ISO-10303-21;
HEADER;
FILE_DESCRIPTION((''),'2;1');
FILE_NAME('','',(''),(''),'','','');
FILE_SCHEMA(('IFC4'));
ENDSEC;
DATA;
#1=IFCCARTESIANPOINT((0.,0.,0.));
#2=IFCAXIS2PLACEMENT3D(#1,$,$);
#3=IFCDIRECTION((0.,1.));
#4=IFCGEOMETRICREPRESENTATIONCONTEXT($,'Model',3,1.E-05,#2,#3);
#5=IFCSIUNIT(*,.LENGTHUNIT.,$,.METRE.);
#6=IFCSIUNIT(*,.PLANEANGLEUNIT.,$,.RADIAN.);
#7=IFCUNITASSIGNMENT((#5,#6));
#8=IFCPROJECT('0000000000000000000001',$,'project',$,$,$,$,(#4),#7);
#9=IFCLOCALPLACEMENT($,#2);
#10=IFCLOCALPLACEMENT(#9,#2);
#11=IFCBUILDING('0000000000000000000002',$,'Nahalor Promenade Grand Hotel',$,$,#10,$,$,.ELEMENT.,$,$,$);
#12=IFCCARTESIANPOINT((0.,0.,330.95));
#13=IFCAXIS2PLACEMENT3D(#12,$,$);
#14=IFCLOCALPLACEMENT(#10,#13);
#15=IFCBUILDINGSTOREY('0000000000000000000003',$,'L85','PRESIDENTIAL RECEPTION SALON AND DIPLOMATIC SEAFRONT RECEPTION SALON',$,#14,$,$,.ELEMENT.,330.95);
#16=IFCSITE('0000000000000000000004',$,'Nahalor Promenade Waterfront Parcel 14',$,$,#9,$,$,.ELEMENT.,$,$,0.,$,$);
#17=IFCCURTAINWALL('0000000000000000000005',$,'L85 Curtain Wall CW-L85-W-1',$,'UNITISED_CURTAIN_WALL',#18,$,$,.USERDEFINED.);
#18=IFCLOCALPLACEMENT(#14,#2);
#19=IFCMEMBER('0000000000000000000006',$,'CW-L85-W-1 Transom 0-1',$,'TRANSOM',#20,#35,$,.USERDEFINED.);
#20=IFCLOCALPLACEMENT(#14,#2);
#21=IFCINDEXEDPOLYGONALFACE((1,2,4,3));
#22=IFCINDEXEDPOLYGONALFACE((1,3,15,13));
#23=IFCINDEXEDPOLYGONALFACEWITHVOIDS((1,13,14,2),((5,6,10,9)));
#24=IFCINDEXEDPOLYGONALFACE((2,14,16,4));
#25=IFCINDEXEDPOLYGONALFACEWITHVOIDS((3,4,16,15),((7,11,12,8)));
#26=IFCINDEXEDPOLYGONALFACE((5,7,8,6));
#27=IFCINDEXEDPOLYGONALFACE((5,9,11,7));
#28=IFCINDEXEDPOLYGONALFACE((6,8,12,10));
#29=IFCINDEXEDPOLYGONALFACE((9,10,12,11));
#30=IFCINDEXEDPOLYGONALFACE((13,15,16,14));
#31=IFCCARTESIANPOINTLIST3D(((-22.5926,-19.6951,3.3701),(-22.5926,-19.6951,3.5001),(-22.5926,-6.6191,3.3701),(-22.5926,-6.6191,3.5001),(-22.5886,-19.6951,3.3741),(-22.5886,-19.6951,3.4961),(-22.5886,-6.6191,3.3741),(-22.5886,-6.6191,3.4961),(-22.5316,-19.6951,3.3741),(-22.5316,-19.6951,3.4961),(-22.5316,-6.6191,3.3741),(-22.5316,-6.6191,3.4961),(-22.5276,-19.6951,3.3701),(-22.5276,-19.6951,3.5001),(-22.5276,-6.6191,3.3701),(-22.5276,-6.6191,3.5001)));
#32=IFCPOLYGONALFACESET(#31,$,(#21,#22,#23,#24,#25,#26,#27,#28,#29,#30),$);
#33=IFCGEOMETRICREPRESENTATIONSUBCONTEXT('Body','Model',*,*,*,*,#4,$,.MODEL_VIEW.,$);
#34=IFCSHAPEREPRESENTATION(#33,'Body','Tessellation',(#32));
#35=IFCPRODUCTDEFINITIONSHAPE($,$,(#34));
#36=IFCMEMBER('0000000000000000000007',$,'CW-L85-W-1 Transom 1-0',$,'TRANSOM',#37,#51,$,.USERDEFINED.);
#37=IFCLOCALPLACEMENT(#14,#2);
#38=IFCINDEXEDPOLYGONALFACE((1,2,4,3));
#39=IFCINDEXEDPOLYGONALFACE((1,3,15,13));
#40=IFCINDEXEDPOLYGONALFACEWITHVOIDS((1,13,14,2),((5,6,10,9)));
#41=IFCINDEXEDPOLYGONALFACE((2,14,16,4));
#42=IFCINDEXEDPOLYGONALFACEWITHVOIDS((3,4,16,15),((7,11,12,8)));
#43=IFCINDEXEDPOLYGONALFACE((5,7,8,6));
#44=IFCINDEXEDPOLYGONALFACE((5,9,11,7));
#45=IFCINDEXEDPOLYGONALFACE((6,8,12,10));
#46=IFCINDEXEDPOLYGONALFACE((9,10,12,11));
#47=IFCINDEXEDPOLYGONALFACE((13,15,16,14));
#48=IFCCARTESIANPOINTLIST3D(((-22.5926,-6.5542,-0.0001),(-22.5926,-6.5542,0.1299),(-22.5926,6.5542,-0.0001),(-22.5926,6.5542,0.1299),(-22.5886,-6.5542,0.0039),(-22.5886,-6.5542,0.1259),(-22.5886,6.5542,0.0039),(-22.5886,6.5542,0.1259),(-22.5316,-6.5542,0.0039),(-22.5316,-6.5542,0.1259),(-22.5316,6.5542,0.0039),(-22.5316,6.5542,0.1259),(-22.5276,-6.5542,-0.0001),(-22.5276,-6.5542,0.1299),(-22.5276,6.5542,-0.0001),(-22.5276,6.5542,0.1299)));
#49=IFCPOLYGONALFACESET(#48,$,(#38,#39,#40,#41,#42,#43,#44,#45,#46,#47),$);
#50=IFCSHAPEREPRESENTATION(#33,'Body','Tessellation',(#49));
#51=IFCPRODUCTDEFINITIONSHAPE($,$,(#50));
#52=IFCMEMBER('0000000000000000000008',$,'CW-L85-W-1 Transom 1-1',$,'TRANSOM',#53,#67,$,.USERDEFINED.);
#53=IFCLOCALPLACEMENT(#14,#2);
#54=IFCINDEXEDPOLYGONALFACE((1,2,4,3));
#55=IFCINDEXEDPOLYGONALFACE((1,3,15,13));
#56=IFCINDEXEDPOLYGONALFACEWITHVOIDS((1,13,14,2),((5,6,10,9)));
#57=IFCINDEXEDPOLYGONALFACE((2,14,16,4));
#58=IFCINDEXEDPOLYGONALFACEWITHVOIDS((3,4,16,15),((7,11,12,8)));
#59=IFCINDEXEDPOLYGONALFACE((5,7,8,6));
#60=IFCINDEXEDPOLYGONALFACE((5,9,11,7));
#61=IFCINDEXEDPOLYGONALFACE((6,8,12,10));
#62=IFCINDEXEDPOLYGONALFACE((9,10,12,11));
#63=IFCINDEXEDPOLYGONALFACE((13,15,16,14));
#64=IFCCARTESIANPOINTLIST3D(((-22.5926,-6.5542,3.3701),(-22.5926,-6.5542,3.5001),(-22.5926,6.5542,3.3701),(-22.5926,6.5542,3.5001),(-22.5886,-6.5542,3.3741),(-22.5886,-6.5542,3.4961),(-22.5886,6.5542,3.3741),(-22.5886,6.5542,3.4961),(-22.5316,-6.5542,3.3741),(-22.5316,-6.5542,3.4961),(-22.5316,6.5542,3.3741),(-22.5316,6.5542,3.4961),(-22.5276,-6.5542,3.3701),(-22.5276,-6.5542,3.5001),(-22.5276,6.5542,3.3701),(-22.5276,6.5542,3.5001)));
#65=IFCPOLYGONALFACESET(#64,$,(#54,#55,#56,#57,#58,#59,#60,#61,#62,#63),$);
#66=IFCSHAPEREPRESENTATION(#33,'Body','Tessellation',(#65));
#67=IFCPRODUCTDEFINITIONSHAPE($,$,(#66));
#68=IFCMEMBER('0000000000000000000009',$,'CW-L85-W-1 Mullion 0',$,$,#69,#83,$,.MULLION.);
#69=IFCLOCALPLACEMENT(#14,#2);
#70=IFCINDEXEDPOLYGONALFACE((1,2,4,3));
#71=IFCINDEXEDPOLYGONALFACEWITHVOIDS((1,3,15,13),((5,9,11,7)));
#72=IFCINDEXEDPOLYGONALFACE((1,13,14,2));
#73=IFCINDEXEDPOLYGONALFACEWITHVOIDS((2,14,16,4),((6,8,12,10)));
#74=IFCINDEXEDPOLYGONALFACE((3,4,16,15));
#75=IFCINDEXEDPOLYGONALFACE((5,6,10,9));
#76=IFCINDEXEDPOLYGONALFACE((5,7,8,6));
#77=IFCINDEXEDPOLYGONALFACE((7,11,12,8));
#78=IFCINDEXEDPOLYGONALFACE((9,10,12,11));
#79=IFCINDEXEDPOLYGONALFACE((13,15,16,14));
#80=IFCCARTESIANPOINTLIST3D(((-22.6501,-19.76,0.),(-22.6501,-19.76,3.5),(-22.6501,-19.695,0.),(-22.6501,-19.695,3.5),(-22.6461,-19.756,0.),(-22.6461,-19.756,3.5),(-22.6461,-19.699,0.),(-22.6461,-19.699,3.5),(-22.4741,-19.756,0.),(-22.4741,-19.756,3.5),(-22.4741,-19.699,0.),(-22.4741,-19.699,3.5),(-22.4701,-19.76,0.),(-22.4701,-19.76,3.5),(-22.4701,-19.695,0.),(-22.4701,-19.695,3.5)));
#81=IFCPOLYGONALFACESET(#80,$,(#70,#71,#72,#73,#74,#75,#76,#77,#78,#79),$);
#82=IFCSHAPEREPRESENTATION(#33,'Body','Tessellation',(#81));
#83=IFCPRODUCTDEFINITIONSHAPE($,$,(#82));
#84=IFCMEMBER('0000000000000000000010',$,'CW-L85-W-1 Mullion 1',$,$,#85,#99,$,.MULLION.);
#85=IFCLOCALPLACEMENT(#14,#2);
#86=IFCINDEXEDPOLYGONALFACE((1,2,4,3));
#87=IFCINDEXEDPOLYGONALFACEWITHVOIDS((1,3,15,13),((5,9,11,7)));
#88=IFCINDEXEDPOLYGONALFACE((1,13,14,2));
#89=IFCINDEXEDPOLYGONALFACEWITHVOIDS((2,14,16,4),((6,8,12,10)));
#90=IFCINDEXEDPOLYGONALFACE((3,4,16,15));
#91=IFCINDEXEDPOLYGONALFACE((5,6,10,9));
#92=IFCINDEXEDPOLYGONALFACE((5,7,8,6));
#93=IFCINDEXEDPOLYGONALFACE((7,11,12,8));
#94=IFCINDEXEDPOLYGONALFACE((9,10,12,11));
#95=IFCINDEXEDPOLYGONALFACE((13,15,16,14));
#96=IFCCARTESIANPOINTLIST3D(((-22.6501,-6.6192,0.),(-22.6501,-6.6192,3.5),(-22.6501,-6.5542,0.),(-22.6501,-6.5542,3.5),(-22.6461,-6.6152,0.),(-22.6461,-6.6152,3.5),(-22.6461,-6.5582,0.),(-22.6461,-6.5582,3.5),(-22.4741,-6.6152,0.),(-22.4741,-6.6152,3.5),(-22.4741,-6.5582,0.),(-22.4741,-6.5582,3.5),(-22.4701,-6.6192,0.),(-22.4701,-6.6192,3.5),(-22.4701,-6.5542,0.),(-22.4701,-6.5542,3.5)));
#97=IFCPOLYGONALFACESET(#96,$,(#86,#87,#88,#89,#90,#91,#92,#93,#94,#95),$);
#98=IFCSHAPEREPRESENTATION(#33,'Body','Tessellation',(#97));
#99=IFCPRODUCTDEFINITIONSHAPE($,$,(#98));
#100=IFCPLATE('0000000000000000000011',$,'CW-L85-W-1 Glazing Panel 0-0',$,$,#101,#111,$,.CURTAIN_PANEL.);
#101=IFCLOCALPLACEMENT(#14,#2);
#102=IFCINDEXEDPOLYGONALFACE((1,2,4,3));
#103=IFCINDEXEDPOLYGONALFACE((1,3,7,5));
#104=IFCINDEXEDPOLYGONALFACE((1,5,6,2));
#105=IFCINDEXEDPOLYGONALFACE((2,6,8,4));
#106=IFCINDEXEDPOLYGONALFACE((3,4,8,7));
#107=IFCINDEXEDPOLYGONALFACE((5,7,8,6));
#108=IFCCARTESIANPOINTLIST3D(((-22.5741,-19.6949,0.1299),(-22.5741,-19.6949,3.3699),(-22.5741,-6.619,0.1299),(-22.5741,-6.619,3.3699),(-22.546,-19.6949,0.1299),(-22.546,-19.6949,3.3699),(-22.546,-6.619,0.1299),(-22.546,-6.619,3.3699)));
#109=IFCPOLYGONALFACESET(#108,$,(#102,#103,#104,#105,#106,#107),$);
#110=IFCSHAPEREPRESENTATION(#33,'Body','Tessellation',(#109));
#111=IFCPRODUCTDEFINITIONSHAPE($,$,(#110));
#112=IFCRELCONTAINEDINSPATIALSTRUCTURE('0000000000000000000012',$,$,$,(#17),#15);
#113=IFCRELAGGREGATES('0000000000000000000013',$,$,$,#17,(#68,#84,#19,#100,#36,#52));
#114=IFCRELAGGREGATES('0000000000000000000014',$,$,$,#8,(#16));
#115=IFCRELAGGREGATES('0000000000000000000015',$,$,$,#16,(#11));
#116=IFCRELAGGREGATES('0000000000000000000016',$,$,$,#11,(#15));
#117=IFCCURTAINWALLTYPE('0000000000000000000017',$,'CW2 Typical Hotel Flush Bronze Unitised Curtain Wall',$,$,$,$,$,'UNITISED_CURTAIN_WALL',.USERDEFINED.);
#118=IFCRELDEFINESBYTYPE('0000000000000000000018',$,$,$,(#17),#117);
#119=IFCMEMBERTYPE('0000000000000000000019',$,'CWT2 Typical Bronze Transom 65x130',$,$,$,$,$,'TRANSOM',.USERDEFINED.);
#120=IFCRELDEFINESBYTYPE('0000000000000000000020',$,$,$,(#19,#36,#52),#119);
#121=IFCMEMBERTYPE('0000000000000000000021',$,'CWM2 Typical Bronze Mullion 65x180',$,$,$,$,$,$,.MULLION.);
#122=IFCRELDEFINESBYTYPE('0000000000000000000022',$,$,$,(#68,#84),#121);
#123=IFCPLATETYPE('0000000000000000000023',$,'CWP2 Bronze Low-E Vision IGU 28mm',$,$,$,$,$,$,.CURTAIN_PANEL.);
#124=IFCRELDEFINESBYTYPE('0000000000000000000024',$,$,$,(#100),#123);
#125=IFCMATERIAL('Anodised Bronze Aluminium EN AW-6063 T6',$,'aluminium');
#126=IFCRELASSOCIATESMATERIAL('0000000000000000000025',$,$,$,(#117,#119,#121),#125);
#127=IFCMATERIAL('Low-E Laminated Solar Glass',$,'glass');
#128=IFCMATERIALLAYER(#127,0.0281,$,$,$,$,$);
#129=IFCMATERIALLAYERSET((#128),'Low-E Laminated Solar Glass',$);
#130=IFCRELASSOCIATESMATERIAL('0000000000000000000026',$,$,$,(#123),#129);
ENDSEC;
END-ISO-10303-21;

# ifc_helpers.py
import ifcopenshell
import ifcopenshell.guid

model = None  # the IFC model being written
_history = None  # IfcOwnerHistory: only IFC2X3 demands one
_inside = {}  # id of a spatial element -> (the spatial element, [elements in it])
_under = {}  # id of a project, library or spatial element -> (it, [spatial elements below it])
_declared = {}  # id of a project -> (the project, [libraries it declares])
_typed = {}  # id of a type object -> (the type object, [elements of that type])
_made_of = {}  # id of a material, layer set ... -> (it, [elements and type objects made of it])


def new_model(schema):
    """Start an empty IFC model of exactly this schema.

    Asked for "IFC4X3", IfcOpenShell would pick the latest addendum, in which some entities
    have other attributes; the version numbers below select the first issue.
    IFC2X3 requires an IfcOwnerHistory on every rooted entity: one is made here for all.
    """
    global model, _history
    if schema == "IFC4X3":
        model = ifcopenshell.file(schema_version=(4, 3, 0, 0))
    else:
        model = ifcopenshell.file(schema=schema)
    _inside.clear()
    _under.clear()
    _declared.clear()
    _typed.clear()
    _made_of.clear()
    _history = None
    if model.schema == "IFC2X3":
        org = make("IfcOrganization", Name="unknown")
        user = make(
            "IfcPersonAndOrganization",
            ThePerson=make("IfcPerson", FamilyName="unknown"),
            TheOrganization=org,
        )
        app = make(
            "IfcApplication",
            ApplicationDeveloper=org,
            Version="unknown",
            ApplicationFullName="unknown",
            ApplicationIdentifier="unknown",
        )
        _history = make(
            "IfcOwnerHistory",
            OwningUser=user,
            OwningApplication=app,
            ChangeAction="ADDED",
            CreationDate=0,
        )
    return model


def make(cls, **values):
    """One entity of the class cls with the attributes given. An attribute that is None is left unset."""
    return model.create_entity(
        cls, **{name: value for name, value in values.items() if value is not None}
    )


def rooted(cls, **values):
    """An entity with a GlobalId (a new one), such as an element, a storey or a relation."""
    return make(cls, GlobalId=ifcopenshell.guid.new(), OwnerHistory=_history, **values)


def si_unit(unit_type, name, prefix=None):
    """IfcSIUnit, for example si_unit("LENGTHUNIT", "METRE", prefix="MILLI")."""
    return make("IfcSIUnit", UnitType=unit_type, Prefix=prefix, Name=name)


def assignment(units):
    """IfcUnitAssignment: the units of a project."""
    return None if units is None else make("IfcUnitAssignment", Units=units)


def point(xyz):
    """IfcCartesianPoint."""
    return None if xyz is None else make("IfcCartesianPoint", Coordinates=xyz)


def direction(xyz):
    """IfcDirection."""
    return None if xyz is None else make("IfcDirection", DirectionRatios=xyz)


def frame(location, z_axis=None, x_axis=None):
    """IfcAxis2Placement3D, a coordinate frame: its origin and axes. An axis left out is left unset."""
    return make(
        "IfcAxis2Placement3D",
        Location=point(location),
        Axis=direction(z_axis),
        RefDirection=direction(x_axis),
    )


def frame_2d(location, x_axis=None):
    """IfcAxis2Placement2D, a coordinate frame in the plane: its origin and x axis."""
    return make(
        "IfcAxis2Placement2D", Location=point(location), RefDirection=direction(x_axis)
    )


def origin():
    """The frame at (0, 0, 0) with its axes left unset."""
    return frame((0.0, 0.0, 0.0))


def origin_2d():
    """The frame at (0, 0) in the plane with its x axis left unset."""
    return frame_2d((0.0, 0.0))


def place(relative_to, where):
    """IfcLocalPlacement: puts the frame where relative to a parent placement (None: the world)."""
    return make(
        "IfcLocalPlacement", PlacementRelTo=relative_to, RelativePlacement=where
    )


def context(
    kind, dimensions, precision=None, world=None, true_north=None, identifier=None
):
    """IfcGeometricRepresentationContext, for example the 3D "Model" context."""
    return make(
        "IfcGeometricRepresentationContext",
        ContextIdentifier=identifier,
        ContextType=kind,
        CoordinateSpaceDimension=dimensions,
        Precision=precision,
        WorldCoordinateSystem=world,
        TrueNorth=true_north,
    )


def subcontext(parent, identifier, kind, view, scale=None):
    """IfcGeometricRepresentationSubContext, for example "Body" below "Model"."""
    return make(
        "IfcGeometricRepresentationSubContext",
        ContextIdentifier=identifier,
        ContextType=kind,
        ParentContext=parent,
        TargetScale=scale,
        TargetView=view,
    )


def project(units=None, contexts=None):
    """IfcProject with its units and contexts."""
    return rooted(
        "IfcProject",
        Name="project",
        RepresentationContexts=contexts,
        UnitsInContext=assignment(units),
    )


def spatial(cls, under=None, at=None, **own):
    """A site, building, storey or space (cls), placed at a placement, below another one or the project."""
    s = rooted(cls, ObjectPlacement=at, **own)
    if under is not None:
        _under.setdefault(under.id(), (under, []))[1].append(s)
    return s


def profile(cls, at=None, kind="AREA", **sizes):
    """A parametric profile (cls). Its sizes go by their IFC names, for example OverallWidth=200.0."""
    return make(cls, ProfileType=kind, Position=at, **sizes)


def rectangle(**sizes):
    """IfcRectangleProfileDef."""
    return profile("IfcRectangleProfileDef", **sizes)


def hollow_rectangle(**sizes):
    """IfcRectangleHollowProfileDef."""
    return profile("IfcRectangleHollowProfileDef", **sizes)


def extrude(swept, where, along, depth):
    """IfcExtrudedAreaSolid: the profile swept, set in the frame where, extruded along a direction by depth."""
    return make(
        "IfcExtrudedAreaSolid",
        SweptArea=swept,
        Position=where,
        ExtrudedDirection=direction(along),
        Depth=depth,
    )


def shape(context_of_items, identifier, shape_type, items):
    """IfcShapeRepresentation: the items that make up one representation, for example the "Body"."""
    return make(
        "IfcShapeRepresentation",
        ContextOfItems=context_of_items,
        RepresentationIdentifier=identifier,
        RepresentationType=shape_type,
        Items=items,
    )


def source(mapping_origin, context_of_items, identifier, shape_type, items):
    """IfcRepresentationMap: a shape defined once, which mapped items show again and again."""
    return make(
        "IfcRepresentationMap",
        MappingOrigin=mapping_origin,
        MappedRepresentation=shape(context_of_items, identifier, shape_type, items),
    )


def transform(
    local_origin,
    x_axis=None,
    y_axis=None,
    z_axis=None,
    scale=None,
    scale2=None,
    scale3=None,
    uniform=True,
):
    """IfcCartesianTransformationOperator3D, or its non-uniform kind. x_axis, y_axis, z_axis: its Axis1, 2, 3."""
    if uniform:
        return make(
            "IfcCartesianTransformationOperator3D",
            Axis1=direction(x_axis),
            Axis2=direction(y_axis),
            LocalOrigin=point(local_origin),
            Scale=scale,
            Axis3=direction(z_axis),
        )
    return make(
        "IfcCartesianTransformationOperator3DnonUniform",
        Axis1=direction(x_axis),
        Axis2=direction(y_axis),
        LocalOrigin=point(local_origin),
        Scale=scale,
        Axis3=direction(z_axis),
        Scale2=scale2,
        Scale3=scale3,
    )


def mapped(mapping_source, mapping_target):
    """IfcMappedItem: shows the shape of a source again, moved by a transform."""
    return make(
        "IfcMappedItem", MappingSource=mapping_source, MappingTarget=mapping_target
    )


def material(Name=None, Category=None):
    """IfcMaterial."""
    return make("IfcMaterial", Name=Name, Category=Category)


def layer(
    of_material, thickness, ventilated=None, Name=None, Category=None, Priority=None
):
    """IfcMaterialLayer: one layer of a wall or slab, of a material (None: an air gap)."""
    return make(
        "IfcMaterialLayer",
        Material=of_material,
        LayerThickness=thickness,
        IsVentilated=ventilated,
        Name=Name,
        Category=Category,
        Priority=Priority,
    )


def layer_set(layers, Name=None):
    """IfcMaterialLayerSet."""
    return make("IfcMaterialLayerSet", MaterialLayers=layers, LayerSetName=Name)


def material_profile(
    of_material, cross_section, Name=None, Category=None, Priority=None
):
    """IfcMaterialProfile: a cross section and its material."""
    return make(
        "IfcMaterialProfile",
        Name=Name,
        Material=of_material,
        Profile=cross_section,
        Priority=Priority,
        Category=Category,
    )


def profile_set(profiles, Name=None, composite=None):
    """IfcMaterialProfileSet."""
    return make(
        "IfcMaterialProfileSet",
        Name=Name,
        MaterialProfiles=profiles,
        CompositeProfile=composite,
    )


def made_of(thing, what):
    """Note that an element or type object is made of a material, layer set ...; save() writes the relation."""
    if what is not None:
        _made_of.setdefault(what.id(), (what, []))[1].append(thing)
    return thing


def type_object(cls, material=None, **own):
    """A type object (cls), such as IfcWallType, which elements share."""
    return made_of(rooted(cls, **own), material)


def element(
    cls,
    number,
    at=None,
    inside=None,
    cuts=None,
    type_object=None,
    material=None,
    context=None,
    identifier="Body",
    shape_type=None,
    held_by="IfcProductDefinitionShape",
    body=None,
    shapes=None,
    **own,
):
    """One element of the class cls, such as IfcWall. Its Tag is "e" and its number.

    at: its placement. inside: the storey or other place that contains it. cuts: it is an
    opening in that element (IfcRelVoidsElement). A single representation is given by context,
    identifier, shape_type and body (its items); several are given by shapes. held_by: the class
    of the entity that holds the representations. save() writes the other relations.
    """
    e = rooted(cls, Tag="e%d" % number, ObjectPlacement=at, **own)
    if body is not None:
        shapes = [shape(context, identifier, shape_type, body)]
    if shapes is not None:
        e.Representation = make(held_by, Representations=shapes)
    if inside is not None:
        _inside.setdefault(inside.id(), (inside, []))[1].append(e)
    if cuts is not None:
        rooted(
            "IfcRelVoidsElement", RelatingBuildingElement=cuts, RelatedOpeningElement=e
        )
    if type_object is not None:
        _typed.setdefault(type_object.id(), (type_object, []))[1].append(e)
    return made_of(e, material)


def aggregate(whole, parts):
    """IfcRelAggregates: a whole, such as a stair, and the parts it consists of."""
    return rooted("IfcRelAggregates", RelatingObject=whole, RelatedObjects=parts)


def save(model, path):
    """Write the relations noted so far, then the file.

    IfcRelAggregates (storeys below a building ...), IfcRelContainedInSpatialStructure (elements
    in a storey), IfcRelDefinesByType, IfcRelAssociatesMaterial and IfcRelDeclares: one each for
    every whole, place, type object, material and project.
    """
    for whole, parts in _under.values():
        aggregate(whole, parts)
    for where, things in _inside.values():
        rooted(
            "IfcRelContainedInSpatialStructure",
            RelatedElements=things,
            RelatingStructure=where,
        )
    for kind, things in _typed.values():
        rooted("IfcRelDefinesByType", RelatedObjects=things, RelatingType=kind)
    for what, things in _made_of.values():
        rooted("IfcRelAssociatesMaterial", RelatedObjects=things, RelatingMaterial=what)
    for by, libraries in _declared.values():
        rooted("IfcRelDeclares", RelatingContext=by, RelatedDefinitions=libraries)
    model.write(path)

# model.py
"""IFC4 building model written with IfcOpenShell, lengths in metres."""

from ifc_helpers import new_model, si_unit, direction, frame, origin, origin_2d, place, context, subcontext, project, spatial, rectangle, hollow_rectangle, extrude, source, transform, mapped, material, layer, layer_set, material_profile, profile_set, type_object, element, aggregate, save


model = new_model("IFC4")

# Units and contexts
model_context = context("Model", 3, precision=1e-05, world=origin(), true_north=direction((0.0, 1.0)))
body_context = subcontext(model_context, "Body", "Model", "MODEL_VIEW")
ifc_project = project(units=[si_unit("LENGTHUNIT", "METRE"), si_unit("PLANEANGLEUNIT", "RADIAN")], contexts=[model_context])

# Site, building, storey
site_placement = place(None, origin())
site = spatial("IfcSite", under=ifc_project, at=site_placement, Name="Nahalor Promenade Waterfront Parcel 14", CompositionType="ELEMENT", RefElevation=0.0)
building_placement = place(site_placement, origin())
building = spatial("IfcBuilding", under=site, at=building_placement, Name="Nahalor Promenade Grand Hotel", CompositionType="ELEMENT")
storey_placement = place(building_placement, frame((0.0, 0.0, 330.95)))
storey = spatial("IfcBuildingStorey", under=building, at=storey_placement, Name="L85", Description="PRESIDENTIAL RECEPTION SALON AND DIPLOMATIC SEAFRONT RECEPTION SALON", CompositionType="ELEMENT", Elevation=330.95)

# Curtain wall, members, plate
ifc_material_1 = material(Name="Anodised Bronze Aluminium EN AW-6063 T6", Category="aluminium")
curtain_wall_type = type_object("IfcCurtainWallType", Name="CW2 Typical Hotel Flush Bronze Unitised Curtain Wall", ElementType="UNITISED_CURTAIN_WALL", PredefinedType="USERDEFINED", material=ifc_material_1)
curtain_wall_placement = place(storey_placement, origin())
curtain_wall = element("IfcCurtainWall", 1, at=curtain_wall_placement, inside=storey, type_object=curtain_wall_type, Name="L85 Curtain Wall CW-L85-W-1", ObjectType="UNITISED_CURTAIN_WALL", PredefinedType="USERDEFINED")
ifc_material_profile_1 = material_profile(ifc_material_1, hollow_rectangle(XDim=0.065, YDim=0.13, WallThickness=0.004, at=origin_2d()), Name="CWT 65x130x4")
ifc_profile_set_1 = profile_set([ifc_material_profile_1], Name="Anodised Bronze Aluminium EN AW-6063 T6")
member_type_1 = type_object("IfcMemberType", Name="CWT2 Typical Bronze Transom 65x130", ElementType="TRANSOM", PredefinedType="USERDEFINED", material=ifc_profile_set_1)
shared_shape_1 = source(origin(), body_context, "Body", "SweptSolid", [
    extrude(hollow_rectangle(XDim=0.065, YDim=0.13, WallThickness=0.004, at=origin_2d()), origin(), (0.0, 0.0, 1.0), 13.0759),
])
member_1_placement = place(storey_placement, frame((-22.5601, -19.6951, 3.4351), z_axis=(0.0, 1.0, 0.0), x_axis=(-1.0, 0.0, 0.0)))
member_1 = element("IfcMember", 2, at=member_1_placement, type_object=member_type_1, Name="CW-L85-W-1 Transom 0-1", ObjectType="TRANSOM", PredefinedType="USERDEFINED", context=body_context, shape_type="MappedRepresentation", body=[
    mapped(shared_shape_1, transform((0.0, 0.0, 0.0), scale=1.0)),
])
shared_shape_2 = source(origin(), body_context, "Body", "SweptSolid", [
    extrude(hollow_rectangle(XDim=0.065, YDim=0.13, WallThickness=0.004, at=origin_2d()), origin(), (0.0, 0.0, 1.0), 13.1084),
])
member_2_placement = place(storey_placement, frame((-22.5601, -6.5542, 0.0649), z_axis=(0.0, 1.0, 0.0), x_axis=(-1.0, 0.0, 0.0)))
member_2 = element("IfcMember", 3, at=member_2_placement, type_object=member_type_1, Name="CW-L85-W-1 Transom 1-0", ObjectType="TRANSOM", PredefinedType="USERDEFINED", context=body_context, shape_type="MappedRepresentation", body=[
    mapped(shared_shape_2, transform((0.0, 0.0, 0.0), scale=1.0)),
])
member_3_placement = place(storey_placement, frame((-22.5601, -6.5542, 3.4351), z_axis=(0.0, 1.0, 0.0), x_axis=(-1.0, 0.0, 0.0)))
member_3 = element("IfcMember", 4, at=member_3_placement, type_object=member_type_1, Name="CW-L85-W-1 Transom 1-1", ObjectType="TRANSOM", PredefinedType="USERDEFINED", context=body_context, shape_type="MappedRepresentation", body=[
    mapped(shared_shape_2, transform((0.0, 0.0, 0.0), scale=1.0)),
])
ifc_material_profile_2 = material_profile(ifc_material_1, hollow_rectangle(XDim=0.065, YDim=0.18, WallThickness=0.004, at=origin_2d()), Name="CWM 65x180x4")
ifc_profile_set_2 = profile_set([ifc_material_profile_2], Name="Anodised Bronze Aluminium EN AW-6063 T6")
member_type_2 = type_object("IfcMemberType", Name="CWM2 Typical Bronze Mullion 65x180", PredefinedType="MULLION", material=ifc_profile_set_2)
shared_shape_3 = source(origin(), body_context, "Body", "SweptSolid", [
    extrude(hollow_rectangle(XDim=0.065, YDim=0.18, WallThickness=0.004, at=origin_2d()), origin(), (0.0, 0.0, 1.0), 3.5),
])
member_4_placement = place(storey_placement, frame((-22.5601, -19.7275, 0.0), z_axis=(0.0, 0.0, 1.0), x_axis=(0.0, 1.0, 0.0)))
member_4 = element("IfcMember", 5, at=member_4_placement, type_object=member_type_2, Name="CW-L85-W-1 Mullion 0", PredefinedType="MULLION", context=body_context, shape_type="MappedRepresentation", body=[
    mapped(shared_shape_3, transform((0.0, 0.0, 0.0), scale=1.0)),
])
member_5_placement = place(storey_placement, frame((-22.5601, -6.5867, 0.0), z_axis=(0.0, 0.0, 1.0), x_axis=(0.0, 1.0, 0.0)))
member_5 = element("IfcMember", 6, at=member_5_placement, type_object=member_type_2, Name="CW-L85-W-1 Mullion 1", PredefinedType="MULLION", context=body_context, shape_type="MappedRepresentation", body=[
    mapped(shared_shape_3, transform((0.0, 0.0, 0.0), scale=1.0)),
])
ifc_material_2 = material(Name="Low-E Laminated Solar Glass", Category="glass")
ifc_layer = layer(ifc_material_2, 0.0281)
ifc_layer_set = layer_set([ifc_layer], Name="Low-E Laminated Solar Glass")
plate_type = type_object("IfcPlateType", Name="CWP2 Bronze Low-E Vision IGU 28mm", PredefinedType="CURTAIN_PANEL", material=ifc_layer_set)
shared_shape_4 = source(origin(), body_context, "Body", "SweptSolid", [
    extrude(rectangle(XDim=13.0759, YDim=0.0281, at=origin_2d()), origin(), (0.0, 0.0, 1.0), 3.24),
])
plate_placement = place(storey_placement, frame((-22.5601, -13.157, 0.1299), z_axis=(0.0, 0.0, 1.0), x_axis=(0.0, 1.0, 0.0)))
plate = element("IfcPlate", 7, at=plate_placement, type_object=plate_type, Name="CW-L85-W-1 Glazing Panel 0-0", PredefinedType="CURTAIN_PANEL", context=body_context, shape_type="MappedRepresentation", body=[
    mapped(shared_shape_4, transform((0.0, 0.0, 0.0), scale=1.0)),
])
aggregate(curtain_wall, [member_4, member_5, member_1, plate, member_2, member_3])

save(model, "model.ifc")
